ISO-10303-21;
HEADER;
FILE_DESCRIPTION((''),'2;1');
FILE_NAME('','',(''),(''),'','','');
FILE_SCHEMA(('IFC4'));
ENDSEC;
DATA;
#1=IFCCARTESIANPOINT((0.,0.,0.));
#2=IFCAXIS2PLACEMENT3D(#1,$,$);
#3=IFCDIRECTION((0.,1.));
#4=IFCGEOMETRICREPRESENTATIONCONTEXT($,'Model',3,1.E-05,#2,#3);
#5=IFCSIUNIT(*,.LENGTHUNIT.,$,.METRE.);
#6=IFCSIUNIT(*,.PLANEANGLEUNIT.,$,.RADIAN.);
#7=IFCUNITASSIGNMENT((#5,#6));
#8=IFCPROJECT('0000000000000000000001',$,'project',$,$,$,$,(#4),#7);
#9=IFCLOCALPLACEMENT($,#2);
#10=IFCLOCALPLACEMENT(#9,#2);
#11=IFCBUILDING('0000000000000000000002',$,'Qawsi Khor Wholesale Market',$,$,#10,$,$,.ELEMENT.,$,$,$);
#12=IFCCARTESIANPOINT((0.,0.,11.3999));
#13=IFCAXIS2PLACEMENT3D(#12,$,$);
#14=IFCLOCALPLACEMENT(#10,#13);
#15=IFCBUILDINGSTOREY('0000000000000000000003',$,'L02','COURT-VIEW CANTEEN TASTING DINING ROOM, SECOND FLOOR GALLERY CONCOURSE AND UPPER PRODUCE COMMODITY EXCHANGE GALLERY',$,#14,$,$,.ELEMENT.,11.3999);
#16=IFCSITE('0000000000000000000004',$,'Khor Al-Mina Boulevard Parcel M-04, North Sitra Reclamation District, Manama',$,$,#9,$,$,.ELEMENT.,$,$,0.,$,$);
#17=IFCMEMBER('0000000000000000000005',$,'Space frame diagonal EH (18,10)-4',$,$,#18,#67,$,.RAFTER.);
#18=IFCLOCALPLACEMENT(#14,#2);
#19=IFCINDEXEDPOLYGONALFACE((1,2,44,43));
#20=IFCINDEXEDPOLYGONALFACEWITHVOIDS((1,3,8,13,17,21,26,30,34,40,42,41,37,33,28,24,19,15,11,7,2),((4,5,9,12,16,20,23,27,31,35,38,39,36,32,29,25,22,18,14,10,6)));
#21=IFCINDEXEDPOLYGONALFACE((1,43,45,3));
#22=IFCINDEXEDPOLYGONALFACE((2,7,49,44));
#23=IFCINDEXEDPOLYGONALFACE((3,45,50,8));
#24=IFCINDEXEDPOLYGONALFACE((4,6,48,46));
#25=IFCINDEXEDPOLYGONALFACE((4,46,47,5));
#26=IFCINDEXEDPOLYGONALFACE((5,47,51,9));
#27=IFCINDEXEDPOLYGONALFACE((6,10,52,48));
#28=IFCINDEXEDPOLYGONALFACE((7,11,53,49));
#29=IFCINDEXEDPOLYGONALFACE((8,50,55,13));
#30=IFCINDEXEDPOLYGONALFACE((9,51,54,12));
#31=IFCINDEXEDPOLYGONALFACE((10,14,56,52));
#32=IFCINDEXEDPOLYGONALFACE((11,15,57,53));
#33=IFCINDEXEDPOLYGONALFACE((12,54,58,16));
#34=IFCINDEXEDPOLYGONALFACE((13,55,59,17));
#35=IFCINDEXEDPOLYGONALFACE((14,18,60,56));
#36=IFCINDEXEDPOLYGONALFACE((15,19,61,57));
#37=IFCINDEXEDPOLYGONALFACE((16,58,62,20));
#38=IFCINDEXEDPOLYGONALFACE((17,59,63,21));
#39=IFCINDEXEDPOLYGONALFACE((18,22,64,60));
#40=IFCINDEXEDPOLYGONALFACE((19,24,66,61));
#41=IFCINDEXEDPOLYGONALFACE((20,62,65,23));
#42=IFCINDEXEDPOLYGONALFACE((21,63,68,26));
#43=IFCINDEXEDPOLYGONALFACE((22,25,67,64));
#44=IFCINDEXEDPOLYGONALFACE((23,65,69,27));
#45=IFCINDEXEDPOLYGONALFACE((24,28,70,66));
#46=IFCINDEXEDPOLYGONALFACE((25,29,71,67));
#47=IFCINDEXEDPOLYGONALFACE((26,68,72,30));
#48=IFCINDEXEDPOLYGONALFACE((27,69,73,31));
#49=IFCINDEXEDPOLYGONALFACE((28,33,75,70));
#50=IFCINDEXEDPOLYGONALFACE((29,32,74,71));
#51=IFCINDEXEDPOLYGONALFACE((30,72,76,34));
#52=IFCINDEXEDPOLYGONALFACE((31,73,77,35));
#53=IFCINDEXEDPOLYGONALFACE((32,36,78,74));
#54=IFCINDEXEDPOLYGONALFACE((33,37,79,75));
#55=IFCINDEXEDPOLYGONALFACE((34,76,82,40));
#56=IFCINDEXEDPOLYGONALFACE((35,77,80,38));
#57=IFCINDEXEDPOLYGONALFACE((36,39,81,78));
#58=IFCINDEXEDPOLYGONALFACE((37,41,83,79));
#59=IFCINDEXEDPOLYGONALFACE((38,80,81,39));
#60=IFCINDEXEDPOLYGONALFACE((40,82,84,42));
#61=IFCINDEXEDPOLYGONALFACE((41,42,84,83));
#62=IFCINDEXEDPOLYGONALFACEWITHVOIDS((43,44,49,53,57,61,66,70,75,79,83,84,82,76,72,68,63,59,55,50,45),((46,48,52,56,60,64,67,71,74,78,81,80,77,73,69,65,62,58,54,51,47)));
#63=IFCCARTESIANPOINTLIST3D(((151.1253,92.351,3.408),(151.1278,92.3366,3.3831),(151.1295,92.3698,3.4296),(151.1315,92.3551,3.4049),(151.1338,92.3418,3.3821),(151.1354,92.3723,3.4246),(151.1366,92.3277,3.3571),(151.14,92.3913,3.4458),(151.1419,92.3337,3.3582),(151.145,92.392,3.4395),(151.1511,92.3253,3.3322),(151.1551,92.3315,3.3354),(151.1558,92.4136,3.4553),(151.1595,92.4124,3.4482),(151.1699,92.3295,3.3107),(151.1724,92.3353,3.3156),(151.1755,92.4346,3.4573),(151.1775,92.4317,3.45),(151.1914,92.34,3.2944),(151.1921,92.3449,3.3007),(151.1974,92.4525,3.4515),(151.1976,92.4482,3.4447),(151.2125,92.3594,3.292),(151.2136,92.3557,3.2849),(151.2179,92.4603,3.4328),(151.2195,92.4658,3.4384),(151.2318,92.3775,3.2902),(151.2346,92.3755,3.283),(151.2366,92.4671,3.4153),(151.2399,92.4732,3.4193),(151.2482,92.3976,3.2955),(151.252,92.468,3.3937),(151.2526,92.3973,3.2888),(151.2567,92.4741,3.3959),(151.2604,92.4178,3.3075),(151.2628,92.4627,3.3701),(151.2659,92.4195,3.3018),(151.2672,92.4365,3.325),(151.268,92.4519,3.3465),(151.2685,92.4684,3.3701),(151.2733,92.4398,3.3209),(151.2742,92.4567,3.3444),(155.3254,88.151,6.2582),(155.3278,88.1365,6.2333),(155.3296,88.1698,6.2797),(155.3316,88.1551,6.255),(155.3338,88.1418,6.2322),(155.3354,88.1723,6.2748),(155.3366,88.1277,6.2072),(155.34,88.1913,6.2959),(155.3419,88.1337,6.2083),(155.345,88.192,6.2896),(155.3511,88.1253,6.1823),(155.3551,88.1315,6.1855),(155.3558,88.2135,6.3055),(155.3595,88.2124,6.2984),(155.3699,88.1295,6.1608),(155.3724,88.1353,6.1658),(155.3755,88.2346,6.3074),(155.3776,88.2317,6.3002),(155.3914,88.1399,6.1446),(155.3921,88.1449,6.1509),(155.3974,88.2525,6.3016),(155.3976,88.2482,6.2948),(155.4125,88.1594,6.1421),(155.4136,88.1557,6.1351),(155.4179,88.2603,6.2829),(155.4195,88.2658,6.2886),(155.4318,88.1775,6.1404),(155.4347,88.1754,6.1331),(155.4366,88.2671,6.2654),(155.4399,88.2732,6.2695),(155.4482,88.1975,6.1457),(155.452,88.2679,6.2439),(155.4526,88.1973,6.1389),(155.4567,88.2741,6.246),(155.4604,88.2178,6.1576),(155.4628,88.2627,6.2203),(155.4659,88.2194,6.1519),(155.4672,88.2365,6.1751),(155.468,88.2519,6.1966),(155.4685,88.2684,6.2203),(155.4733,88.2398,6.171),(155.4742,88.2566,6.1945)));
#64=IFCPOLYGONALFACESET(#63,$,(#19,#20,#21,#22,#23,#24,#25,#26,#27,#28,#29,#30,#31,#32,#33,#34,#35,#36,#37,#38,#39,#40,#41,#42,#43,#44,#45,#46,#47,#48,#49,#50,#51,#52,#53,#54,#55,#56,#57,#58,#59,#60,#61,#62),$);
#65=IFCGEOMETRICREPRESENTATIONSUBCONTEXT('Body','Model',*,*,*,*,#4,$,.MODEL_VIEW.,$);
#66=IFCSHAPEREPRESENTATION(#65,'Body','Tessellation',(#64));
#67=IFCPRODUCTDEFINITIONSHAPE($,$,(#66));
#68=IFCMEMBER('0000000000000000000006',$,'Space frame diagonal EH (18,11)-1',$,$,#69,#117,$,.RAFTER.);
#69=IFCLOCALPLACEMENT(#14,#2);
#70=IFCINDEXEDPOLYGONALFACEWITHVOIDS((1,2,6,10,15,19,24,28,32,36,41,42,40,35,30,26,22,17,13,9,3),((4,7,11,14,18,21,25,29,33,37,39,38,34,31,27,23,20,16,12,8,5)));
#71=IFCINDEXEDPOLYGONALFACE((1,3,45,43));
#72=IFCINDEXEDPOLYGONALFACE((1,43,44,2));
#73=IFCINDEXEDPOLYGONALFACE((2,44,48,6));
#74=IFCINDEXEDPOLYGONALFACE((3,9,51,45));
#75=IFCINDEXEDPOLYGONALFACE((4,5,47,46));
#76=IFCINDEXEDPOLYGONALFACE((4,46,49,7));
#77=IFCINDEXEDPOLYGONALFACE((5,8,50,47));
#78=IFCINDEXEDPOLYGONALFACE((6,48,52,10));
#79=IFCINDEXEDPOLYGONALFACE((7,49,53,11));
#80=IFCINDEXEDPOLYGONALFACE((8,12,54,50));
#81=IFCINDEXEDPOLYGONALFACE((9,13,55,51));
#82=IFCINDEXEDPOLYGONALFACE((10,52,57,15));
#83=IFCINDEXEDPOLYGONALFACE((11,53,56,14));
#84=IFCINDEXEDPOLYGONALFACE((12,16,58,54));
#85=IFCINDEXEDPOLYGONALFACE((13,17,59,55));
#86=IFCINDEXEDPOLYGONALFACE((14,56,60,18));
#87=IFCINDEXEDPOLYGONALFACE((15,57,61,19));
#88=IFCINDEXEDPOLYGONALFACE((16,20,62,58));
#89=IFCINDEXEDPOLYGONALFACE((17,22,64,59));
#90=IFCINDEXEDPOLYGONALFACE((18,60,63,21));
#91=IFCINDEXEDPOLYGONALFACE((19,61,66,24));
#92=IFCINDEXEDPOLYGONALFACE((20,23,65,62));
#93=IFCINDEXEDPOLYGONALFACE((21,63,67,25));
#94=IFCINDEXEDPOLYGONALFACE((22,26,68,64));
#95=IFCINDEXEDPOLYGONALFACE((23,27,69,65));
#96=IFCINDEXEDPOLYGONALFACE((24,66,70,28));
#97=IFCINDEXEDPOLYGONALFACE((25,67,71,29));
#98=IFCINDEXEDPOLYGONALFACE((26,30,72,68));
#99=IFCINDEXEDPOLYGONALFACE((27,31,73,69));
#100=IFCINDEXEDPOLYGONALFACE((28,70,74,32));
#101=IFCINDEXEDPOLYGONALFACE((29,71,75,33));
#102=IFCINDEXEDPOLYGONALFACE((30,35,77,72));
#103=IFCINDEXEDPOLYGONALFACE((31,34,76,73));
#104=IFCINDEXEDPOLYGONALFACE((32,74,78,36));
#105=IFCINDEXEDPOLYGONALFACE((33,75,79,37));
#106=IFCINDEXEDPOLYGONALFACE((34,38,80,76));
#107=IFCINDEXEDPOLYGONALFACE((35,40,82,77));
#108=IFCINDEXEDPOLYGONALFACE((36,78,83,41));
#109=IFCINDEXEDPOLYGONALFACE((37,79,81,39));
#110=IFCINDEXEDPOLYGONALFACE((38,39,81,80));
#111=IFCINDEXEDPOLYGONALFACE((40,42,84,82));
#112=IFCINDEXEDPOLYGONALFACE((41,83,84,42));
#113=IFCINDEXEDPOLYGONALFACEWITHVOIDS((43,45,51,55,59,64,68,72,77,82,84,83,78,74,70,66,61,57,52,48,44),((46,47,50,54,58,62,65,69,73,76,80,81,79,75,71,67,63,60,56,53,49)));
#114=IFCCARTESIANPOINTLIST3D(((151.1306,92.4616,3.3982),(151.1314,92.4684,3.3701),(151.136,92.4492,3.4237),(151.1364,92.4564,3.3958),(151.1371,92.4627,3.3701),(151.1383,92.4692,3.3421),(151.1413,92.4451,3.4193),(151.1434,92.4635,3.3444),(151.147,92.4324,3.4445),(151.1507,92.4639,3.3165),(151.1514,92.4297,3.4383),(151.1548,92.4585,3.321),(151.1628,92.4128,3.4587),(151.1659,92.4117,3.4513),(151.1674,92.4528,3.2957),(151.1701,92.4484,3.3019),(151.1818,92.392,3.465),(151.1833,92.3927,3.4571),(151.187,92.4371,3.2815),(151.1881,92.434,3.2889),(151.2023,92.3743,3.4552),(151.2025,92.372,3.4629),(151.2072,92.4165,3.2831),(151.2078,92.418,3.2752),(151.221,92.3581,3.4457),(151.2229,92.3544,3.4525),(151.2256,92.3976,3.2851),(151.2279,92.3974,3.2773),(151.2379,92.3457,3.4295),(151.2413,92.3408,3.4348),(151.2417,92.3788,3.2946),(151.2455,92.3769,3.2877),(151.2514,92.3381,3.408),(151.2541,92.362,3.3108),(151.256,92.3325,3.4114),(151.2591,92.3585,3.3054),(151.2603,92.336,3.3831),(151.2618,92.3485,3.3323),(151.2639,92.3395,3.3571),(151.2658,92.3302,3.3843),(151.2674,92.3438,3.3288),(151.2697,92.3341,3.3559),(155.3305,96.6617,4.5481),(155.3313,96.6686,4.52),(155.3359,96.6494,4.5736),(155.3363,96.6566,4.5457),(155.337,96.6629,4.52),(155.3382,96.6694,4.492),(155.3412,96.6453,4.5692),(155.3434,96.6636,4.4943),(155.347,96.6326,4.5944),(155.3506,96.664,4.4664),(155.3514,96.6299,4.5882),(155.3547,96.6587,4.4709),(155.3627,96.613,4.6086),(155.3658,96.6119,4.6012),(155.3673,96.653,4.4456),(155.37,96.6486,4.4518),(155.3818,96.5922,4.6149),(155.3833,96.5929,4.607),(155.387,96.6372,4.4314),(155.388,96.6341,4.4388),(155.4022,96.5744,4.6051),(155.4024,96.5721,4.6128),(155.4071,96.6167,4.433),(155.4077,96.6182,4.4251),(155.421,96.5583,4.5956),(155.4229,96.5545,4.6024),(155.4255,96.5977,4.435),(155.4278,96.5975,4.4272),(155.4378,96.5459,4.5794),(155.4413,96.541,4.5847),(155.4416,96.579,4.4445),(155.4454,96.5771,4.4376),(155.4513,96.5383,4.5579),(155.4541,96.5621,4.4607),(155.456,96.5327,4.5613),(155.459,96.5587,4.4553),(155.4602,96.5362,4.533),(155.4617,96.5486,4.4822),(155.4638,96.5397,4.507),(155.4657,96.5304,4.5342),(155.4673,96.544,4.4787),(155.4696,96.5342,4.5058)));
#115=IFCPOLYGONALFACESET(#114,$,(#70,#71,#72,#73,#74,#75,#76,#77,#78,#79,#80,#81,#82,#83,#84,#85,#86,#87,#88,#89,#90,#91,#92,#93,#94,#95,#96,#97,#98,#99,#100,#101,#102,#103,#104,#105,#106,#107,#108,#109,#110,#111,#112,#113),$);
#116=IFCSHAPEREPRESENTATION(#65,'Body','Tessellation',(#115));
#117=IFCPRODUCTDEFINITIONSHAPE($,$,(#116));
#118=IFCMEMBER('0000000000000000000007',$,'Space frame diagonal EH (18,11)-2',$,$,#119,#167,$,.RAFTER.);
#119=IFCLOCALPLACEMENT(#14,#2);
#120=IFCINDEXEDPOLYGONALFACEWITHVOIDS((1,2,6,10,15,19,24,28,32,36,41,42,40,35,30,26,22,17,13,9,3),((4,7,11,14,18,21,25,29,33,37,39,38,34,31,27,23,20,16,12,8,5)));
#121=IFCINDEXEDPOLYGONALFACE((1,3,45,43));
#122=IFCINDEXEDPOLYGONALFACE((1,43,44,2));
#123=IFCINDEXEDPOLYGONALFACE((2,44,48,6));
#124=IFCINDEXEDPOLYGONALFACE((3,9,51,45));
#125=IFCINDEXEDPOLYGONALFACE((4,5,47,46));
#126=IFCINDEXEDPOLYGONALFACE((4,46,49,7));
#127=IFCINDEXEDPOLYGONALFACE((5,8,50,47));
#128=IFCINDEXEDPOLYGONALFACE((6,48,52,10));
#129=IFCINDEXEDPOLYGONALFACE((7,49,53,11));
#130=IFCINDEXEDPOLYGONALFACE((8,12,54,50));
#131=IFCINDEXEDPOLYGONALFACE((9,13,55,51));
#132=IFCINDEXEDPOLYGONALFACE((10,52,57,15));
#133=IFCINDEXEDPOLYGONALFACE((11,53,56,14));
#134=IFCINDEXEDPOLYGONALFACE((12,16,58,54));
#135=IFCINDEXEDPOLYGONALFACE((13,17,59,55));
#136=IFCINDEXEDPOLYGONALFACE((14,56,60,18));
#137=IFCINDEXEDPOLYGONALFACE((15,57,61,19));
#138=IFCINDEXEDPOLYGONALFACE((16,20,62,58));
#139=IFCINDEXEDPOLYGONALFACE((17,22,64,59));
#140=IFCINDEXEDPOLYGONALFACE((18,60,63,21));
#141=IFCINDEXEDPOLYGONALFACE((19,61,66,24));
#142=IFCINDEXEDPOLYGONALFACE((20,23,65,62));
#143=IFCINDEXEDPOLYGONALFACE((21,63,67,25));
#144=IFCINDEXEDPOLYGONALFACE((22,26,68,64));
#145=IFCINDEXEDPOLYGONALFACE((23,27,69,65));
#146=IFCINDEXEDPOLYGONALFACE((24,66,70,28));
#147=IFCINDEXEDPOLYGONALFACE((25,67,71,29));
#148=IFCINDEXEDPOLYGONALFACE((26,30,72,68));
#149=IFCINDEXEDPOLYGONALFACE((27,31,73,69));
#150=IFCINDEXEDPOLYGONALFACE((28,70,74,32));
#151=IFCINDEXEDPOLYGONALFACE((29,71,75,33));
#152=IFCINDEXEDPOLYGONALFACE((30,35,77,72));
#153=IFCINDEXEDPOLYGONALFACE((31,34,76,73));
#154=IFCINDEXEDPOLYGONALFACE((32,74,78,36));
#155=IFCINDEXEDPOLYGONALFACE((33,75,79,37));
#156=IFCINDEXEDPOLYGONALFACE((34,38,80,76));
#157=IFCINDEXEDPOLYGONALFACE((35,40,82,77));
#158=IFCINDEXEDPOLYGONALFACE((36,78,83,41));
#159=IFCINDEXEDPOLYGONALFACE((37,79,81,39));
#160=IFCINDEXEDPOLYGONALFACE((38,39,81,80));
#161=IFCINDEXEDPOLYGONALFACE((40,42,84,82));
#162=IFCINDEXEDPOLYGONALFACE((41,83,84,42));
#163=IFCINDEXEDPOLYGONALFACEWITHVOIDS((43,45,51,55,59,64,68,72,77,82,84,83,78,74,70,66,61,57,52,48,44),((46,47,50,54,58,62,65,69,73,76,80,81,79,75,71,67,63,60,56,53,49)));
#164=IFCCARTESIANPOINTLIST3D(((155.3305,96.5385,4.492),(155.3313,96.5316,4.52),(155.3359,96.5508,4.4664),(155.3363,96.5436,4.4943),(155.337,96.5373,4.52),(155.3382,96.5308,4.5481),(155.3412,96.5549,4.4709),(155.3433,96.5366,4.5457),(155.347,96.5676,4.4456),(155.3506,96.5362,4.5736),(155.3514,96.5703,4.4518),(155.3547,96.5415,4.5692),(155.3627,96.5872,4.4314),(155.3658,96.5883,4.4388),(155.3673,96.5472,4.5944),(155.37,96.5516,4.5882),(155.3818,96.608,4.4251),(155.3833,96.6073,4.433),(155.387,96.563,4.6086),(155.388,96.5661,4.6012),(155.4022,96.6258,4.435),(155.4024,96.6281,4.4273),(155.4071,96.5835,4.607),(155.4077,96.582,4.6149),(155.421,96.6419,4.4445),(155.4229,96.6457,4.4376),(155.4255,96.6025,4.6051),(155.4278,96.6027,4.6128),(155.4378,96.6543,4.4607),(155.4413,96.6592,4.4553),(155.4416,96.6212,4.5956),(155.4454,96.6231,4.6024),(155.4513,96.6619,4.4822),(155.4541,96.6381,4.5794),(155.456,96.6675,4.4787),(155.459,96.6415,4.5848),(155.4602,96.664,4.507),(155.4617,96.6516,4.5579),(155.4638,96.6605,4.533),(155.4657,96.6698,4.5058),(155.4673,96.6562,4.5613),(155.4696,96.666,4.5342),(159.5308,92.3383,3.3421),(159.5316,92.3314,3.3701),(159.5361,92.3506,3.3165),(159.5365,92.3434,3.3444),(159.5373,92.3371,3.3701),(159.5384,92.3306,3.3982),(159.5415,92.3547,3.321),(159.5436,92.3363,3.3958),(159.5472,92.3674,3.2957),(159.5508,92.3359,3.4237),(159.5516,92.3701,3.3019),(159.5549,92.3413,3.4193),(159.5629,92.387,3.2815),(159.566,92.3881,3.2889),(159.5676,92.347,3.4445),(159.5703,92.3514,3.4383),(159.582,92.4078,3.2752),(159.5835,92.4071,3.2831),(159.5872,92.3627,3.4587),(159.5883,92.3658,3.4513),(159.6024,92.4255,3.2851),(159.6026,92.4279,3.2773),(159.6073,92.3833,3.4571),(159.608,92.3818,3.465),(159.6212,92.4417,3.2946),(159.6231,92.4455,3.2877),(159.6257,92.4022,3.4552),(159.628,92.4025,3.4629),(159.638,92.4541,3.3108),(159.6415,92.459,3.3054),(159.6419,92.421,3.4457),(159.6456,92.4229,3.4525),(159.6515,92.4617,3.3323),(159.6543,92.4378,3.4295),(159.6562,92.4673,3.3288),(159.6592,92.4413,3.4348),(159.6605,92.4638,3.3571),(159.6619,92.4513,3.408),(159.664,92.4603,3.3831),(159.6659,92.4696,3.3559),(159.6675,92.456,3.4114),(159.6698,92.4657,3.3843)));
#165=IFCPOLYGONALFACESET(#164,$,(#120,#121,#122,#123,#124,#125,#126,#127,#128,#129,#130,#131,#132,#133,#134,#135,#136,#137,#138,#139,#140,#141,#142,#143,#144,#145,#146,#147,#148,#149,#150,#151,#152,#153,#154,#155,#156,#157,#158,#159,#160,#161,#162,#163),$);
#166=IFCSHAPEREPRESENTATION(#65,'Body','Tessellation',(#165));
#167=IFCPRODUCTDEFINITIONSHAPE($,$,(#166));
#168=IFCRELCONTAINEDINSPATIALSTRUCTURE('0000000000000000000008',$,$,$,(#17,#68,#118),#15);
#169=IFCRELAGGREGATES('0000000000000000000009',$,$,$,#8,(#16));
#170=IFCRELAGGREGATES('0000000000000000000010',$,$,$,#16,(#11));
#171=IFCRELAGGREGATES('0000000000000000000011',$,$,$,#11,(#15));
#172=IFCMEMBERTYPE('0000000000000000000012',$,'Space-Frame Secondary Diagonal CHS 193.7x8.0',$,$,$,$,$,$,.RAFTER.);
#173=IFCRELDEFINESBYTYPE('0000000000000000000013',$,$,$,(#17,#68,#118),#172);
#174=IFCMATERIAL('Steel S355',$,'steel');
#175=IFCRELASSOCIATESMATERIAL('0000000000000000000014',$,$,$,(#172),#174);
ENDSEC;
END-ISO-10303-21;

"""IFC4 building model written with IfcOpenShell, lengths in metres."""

from ifc_helpers import new_model, si_unit, direction, frame, origin, origin_2d, place, context, subcontext, project, spatial, hollow_circle, extrude, material, material_profile, profile_set, type_object, element, save


model = new_model("IFC4")

# Units and contexts
model_context = context("Model", 3, precision=1e-05, world=origin(), true_north=direction((0.0, 1.0)))
body_context = subcontext(model_context, "Body", "Model", "MODEL_VIEW")
ifc_project = project(units=[si_unit("LENGTHUNIT", "METRE"), si_unit("PLANEANGLEUNIT", "RADIAN")], contexts=[model_context])

# Site, building, storey
site_placement = place(None, origin())
site = spatial("IfcSite", under=ifc_project, at=site_placement, Name="Khor Al-Mina Boulevard Parcel M-04, North Sitra Reclamation District, Manama", CompositionType="ELEMENT", RefElevation=0.0)
building_placement = place(site_placement, origin())
building = spatial("IfcBuilding", under=site, at=building_placement, Name="Qawsi Khor Wholesale Market", CompositionType="ELEMENT")
storey_placement = place(building_placement, frame((0.0, 0.0, 11.3999)))
storey = spatial("IfcBuildingStorey", under=building, at=storey_placement, Name="L02", Description="COURT-VIEW CANTEEN TASTING DINING ROOM, SECOND FLOOR GALLERY CONCOURSE AND UPPER PRODUCE COMMODITY EXCHANGE GALLERY", CompositionType="ELEMENT", Elevation=11.3999)

# Members
ifc_material_1 = material(Name="Steel S355", Category="steel")
ifc_material_profile_1 = material_profile(ifc_material_1, hollow_circle(Radius=0.0969, WallThickness=0.0081, at=origin_2d()), Name="CHS 193.7x8.0")
ifc_profile_set_1 = profile_set([ifc_material_profile_1], Name="Steel S355")
member_type_1 = type_object("IfcMemberType", Name="Space-Frame Secondary Diagonal CHS 193.7x8.0", PredefinedType="RAFTER", material=ifc_profile_set_1)
for number, where, z_axis, x_axis, name in (
    (1, (151.2, 92.3999, 3.3701), (0.637512, -0.637512, 0.432617), (0.707107, 0.707107, 0.0), "Space frame diagonal EH (18,10)-4"),
):
    element("IfcMember", number, at=place(storey_placement, frame(where, z_axis=z_axis, x_axis=x_axis)), inside=storey, type_object=member_type_1, Name=name, PredefinedType="RAFTER", context=body_context, shape_type="SweptSolid", body=[
        extrude(hollow_circle(Radius=0.0969, WallThickness=0.0081, at=origin_2d()), origin(), (0.0, 0.0, 1.0), 6.5881),
    ])
member_1_placement = place(storey_placement, frame((151.2, 92.3999, 3.3701), z_axis=(0.694197, 0.694238, 0.190064), x_axis=(-0.707127, 0.707086, 0.0)))
element("IfcMember", 2, at=member_1_placement, inside=storey, type_object=member_type_1, Name="Space frame diagonal EH (18,11)-1", PredefinedType="RAFTER", context=body_context, shape_type="SweptSolid", body=[
    extrude(hollow_circle(Radius=0.0969, WallThickness=0.0081, at=origin_2d()), origin(), (0.0, 0.0, 1.0), 6.05),
])
member_2_placement = place(storey_placement, frame((159.6001, 92.3999, 3.3701), z_axis=(-0.694218, 0.694218, 0.190059), x_axis=(-0.707107, -0.707107, 0.0)))
element("IfcMember", 3, at=member_2_placement, inside=storey, type_object=member_type_1, Name="Space frame diagonal EH (18,11)-2", PredefinedType="RAFTER", context=body_context, shape_type="SweptSolid", body=[
    extrude(hollow_circle(Radius=0.0969, WallThickness=0.0081, at=origin_2d()), origin(), (0.0, 0.0, 1.0), 6.0503),
])

save(model, "model.ifc")
